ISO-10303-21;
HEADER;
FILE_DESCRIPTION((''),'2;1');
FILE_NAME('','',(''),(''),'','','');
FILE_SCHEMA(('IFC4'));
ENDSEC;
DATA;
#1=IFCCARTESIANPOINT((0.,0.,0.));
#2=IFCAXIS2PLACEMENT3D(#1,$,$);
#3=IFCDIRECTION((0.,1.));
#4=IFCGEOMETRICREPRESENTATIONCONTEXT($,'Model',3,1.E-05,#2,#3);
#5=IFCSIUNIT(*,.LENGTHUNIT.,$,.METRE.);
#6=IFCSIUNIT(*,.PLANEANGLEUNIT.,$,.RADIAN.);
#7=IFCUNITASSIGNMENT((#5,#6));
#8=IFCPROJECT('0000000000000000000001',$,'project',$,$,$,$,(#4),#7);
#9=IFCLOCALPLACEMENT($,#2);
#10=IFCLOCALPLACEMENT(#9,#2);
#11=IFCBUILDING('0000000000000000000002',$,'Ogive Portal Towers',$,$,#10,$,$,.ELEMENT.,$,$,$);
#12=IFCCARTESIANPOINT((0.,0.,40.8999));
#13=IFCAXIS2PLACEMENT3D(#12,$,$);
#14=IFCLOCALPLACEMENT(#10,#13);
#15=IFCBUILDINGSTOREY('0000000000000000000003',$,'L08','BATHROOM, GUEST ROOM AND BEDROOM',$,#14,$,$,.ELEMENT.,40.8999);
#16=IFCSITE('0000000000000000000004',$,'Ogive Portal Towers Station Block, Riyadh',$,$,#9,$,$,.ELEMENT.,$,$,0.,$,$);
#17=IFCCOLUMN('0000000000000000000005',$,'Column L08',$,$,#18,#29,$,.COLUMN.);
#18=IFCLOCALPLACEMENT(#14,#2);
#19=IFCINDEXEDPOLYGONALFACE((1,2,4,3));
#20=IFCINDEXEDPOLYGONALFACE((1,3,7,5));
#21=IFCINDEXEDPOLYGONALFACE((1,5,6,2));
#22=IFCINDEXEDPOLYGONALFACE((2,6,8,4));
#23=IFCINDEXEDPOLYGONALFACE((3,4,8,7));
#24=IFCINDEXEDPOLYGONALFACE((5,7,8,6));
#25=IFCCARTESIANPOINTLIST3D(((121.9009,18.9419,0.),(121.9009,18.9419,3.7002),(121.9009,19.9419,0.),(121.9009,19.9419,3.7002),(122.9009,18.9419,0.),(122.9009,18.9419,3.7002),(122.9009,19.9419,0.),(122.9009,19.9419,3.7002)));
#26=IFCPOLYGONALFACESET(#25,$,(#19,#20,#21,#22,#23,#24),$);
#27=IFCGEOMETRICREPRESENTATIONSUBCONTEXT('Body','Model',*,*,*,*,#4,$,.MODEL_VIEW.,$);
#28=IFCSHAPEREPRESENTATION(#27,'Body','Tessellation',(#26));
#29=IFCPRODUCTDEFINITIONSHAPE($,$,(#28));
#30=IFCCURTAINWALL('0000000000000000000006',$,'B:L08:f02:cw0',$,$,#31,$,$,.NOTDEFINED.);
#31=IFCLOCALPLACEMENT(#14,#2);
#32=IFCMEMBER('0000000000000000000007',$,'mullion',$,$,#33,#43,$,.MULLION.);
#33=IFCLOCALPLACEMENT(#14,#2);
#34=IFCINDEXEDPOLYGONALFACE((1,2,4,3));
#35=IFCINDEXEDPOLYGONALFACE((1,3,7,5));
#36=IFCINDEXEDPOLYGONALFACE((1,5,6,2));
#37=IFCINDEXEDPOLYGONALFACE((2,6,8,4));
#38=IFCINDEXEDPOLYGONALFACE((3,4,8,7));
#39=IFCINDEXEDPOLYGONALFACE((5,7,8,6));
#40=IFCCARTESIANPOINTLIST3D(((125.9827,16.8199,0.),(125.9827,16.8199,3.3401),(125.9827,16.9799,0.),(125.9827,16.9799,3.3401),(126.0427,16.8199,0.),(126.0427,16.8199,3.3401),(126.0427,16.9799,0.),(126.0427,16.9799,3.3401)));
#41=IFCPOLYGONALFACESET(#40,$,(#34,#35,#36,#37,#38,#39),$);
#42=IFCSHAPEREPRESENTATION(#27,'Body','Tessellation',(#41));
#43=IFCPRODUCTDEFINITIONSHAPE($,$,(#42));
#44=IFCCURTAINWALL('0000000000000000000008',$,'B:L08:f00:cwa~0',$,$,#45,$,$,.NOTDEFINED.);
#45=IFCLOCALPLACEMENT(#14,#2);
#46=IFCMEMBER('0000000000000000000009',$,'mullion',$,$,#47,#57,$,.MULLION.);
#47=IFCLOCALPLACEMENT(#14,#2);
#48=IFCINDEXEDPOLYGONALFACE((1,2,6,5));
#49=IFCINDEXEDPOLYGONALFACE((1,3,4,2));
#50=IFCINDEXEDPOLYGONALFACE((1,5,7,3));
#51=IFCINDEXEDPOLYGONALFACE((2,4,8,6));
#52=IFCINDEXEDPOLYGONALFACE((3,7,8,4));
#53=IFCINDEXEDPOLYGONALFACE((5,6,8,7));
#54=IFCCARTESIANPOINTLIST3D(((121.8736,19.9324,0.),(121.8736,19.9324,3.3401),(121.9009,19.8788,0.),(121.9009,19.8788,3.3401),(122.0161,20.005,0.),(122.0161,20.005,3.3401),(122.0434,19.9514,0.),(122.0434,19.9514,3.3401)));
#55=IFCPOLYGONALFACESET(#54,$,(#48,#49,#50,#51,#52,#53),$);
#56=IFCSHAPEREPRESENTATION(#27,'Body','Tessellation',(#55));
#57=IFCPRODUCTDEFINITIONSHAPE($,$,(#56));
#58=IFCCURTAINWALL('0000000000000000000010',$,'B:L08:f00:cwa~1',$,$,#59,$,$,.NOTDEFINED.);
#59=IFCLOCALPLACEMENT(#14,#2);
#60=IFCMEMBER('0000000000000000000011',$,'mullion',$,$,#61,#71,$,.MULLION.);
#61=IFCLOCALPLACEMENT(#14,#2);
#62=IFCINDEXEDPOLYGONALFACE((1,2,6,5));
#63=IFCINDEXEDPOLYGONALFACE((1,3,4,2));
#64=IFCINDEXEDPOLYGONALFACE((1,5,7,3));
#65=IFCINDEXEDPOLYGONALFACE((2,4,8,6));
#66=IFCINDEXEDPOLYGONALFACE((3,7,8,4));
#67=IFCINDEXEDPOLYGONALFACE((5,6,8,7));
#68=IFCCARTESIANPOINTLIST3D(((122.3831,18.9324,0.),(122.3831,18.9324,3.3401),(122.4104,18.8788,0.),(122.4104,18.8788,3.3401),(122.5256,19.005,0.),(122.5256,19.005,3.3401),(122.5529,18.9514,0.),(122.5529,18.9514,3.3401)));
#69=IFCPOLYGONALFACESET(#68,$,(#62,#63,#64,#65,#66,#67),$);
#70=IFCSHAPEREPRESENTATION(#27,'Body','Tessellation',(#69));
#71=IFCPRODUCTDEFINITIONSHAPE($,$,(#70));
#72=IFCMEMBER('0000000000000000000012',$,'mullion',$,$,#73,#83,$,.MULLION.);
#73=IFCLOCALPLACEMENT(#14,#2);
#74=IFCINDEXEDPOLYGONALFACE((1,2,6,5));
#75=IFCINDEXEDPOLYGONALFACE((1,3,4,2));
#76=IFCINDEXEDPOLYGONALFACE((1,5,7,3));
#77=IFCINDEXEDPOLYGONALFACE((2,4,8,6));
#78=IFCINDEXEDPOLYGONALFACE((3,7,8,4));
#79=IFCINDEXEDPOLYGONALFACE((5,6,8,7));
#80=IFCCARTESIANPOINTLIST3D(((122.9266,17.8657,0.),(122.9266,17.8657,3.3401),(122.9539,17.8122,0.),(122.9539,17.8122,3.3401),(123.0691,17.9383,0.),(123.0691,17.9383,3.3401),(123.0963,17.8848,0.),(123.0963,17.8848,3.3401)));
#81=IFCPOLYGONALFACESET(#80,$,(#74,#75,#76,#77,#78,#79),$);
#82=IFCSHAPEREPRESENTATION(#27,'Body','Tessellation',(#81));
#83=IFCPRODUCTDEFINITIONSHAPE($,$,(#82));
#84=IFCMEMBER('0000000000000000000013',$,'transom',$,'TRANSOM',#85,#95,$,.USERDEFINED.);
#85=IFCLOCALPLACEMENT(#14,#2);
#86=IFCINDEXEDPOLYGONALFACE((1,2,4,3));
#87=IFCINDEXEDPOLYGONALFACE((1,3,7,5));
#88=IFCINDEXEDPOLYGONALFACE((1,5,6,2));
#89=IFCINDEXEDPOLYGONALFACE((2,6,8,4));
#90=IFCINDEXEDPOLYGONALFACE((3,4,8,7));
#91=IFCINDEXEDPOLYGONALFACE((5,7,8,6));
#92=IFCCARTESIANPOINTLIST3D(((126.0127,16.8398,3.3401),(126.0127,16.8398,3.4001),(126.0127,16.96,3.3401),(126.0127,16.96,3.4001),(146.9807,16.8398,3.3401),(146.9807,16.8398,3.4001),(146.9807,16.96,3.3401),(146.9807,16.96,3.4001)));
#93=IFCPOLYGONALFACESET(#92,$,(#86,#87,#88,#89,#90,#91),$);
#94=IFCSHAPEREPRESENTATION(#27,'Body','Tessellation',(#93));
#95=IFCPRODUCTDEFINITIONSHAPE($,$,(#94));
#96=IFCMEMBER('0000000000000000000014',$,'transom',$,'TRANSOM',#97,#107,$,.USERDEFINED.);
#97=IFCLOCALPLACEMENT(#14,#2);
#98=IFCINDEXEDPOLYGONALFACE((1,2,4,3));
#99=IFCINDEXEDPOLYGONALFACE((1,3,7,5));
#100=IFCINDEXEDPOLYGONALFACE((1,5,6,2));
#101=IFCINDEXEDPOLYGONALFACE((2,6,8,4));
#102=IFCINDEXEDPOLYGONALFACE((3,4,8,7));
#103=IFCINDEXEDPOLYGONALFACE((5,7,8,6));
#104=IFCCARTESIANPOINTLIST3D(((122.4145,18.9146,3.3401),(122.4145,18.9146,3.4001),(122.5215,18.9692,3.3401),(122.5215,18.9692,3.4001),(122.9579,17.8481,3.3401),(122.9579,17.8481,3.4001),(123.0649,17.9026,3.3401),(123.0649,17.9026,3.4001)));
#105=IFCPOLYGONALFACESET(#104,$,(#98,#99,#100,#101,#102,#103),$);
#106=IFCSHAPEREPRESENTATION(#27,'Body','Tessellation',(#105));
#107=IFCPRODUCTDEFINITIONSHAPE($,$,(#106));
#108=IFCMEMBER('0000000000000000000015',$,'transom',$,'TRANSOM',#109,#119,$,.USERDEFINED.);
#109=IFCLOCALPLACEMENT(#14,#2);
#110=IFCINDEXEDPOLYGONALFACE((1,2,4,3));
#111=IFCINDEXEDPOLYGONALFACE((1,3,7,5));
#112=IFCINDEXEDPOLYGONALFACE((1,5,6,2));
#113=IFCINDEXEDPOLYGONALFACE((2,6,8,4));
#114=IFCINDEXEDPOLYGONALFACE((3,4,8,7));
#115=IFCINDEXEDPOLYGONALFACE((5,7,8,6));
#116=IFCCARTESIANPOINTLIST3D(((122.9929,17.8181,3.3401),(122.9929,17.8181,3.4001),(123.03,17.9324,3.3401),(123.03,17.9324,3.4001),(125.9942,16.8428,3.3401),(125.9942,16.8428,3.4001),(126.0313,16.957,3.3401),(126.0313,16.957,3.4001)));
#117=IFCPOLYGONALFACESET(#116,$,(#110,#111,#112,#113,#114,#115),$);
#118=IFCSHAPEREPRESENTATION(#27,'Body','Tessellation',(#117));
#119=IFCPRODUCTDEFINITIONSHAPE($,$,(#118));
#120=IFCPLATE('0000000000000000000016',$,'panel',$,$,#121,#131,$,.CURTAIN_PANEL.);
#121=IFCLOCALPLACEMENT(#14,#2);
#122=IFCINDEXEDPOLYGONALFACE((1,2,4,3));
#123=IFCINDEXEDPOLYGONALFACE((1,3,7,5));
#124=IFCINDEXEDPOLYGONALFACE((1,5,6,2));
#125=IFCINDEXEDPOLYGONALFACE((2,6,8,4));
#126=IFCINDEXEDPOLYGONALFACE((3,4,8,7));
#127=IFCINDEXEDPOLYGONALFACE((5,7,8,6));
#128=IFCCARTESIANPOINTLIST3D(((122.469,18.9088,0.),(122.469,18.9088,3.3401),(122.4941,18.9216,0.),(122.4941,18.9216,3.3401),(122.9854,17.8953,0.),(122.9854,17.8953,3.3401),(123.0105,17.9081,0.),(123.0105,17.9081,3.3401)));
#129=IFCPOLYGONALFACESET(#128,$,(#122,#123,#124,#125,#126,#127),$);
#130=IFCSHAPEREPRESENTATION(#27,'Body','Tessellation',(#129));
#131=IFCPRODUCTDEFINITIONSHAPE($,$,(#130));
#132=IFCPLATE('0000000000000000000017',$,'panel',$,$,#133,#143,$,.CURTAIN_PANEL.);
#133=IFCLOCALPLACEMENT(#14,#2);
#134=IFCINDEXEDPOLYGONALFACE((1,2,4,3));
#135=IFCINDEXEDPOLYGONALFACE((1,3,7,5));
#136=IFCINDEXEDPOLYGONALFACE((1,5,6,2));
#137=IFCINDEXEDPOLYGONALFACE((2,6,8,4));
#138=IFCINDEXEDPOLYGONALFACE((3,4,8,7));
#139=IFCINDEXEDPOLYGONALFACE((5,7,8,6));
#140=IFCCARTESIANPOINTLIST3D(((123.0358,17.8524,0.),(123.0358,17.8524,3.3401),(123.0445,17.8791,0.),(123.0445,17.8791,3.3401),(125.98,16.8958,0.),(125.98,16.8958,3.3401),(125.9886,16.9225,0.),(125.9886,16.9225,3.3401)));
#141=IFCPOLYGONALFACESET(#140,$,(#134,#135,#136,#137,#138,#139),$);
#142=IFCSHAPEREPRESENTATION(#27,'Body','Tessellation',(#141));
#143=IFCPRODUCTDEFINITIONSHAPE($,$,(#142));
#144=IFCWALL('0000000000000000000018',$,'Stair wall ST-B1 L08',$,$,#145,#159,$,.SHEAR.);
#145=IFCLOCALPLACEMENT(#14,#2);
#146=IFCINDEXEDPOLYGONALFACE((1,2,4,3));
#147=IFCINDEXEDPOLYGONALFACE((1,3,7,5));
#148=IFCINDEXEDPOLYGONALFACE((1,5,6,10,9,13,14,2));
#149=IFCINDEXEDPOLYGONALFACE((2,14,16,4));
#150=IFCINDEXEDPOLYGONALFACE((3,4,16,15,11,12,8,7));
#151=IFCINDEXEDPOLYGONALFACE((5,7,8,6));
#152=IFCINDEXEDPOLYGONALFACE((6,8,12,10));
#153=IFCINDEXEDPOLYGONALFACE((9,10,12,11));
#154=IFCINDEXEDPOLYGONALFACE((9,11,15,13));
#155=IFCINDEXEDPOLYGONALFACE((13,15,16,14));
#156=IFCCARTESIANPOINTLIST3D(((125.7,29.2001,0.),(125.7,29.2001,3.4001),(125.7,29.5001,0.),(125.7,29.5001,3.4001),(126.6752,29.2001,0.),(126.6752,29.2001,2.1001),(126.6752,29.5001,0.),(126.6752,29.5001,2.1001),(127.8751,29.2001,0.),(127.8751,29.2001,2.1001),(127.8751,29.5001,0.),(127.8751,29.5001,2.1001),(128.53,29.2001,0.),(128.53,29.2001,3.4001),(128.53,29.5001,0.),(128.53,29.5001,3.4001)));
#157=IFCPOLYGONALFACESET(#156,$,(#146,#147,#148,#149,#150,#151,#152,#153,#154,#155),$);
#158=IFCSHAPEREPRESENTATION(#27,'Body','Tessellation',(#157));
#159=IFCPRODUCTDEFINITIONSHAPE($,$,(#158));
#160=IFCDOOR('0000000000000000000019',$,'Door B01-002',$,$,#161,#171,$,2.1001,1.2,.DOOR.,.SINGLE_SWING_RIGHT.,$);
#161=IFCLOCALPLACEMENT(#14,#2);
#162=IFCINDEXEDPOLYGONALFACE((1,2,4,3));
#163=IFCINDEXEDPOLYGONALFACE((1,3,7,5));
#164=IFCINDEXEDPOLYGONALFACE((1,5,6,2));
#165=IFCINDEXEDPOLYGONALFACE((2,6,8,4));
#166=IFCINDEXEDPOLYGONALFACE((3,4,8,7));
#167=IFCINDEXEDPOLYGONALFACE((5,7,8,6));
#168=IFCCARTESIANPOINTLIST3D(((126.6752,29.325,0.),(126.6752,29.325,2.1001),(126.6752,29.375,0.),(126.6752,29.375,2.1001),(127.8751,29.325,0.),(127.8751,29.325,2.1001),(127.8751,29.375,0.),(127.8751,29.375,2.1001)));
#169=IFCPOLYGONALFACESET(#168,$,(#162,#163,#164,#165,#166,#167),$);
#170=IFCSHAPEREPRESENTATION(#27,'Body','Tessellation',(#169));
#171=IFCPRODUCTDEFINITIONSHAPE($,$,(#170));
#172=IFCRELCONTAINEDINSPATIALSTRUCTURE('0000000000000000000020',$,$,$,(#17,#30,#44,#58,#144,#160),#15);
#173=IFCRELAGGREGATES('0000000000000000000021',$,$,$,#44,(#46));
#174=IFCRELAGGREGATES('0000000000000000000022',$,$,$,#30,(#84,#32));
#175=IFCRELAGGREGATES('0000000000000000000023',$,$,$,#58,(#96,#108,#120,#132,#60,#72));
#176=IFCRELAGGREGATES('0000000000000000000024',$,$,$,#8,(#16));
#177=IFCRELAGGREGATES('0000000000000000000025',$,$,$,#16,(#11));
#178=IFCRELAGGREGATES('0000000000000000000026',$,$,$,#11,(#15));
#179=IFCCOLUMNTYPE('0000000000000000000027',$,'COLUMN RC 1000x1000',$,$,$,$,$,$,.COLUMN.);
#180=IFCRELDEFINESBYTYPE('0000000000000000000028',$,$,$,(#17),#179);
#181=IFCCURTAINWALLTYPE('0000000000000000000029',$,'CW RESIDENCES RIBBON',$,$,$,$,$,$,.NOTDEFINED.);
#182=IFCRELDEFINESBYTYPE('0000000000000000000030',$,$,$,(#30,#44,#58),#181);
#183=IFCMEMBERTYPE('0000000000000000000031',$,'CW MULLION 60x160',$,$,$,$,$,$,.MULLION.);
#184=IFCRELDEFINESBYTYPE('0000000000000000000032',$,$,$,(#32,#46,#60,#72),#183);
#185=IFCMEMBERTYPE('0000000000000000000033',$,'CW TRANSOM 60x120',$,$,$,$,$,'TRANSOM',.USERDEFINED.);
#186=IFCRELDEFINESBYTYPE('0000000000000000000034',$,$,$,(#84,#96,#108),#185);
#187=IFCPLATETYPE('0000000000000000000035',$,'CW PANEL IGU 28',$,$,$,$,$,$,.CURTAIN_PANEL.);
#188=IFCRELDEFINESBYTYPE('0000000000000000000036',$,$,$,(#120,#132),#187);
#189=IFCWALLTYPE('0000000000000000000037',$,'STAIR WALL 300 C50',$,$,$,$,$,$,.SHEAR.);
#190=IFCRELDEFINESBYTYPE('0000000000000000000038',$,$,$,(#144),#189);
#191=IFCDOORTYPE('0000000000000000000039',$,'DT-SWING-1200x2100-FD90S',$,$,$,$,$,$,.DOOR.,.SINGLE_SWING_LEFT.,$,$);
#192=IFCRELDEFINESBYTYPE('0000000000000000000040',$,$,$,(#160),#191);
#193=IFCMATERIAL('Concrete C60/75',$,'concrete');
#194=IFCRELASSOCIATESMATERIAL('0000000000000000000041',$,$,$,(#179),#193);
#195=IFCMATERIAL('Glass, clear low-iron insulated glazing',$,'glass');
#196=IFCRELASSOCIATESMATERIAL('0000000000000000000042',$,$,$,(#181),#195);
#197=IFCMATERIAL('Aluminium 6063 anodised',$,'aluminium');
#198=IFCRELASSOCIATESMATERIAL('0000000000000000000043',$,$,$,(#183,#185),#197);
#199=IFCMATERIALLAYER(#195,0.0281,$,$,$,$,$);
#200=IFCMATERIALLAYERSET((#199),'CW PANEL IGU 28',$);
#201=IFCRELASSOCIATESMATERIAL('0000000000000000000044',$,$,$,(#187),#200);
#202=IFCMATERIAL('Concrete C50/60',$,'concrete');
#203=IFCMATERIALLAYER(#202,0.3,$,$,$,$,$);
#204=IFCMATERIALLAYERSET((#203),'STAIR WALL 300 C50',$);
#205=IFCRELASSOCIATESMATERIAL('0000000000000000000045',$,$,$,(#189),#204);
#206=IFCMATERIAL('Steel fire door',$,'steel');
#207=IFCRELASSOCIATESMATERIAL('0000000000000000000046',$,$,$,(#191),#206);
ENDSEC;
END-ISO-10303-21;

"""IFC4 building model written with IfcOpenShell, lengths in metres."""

from ifc_helpers import new_model, si_unit, direction, frame, frame_2d, origin, origin_2d, place, context, subcontext, project, spatial, rectangle, extrude, material, layer, layer_set, material_profile, profile_set, type_object, element, fill, aggregate, save


model = new_model("IFC4")

# Units and contexts
model_context = context("Model", 3, precision=1e-05, world=origin(), true_north=direction((0.0, 1.0)))
body_context = subcontext(model_context, "Body", "Model", "MODEL_VIEW")
ifc_project = project(units=[si_unit("LENGTHUNIT", "METRE"), si_unit("PLANEANGLEUNIT", "RADIAN")], contexts=[model_context])

# Site, building, storey
site_placement = place(None, origin())
site = spatial("IfcSite", under=ifc_project, at=site_placement, Name="Ogive Portal Towers Station Block, Riyadh", CompositionType="ELEMENT", RefElevation=0.0)
building_placement = place(site_placement, origin())
building = spatial("IfcBuilding", under=site, at=building_placement, Name="Ogive Portal Towers", CompositionType="ELEMENT")
storey_placement = place(building_placement, frame((0.0, 0.0, 40.8999)))
storey = spatial("IfcBuildingStorey", under=building, at=storey_placement, Name="L08", Description="BATHROOM, GUEST ROOM AND BEDROOM", CompositionType="ELEMENT", Elevation=40.8999)

# Column
ifc_material_1 = material(Name="Concrete C60/75", Category="concrete")
ifc_material_profile_1 = material_profile(ifc_material_1, rectangle(XDim=1.0, YDim=1.0, at=origin_2d()), Name="RC 1000x1000")
ifc_profile_set_1 = profile_set([ifc_material_profile_1], Name="Concrete C60/75")
column_type = type_object("IfcColumnType", Name="COLUMN RC 1000x1000", PredefinedType="COLUMN", material=ifc_profile_set_1)
column_placement = place(storey_placement, frame((122.4009, 19.4419, 0.0), z_axis=(0.0, 0.0, 1.0), x_axis=(1.0, 0.0, 0.0)))
element("IfcColumn", 1, at=column_placement, inside=storey, type_object=column_type, Name="Column L08", PredefinedType="COLUMN", context=body_context, shape_type="SweptSolid", body=[
    extrude(rectangle(XDim=1.0, YDim=1.0, at=origin_2d()), origin(), (0.0, 0.0, 1.0), 3.7002),
])

# Curtain walls, members
ifc_material_2 = material(Name="Glass, clear low-iron insulated glazing", Category="glass")
curtain_wall_type = type_object("IfcCurtainWallType", Name="CW RESIDENCES RIBBON", PredefinedType="NOTDEFINED", material=ifc_material_2)
curtain_wall_1_placement = place(storey_placement, origin())
curtain_wall_1 = element("IfcCurtainWall", 2, at=curtain_wall_1_placement, inside=storey, type_object=curtain_wall_type, Name="B:L08:f02:cw0", PredefinedType="NOTDEFINED")
ifc_material_3 = material(Name="Aluminium 6063 anodised", Category="aluminium")
ifc_material_profile_2 = material_profile(ifc_material_3, rectangle(XDim=0.1599, YDim=0.0601, at=origin_2d()), Name="AL 60x160")
ifc_profile_set_2 = profile_set([ifc_material_profile_2], Name="Aluminium 6063 anodised")
member_type_1 = type_object("IfcMemberType", Name="CW MULLION 60x160", PredefinedType="MULLION", material=ifc_profile_set_2)
member_1_placement = place(storey_placement, frame((126.0127, 16.8999, 0.0), z_axis=(0.0, 0.0, 1.0), x_axis=(0.0, 1.0, 0.0)))
member_1 = element("IfcMember", 3, at=member_1_placement, type_object=member_type_1, Name="mullion", PredefinedType="MULLION", context=body_context, shape_type="SweptSolid", body=[
    extrude(rectangle(XDim=0.1599, YDim=0.0601, at=origin_2d()), origin(), (0.0, 0.0, 1.0), 3.3401),
])
curtain_wall_2_placement = place(storey_placement, origin())
curtain_wall_2 = element("IfcCurtainWall", 4, at=curtain_wall_2_placement, inside=storey, type_object=curtain_wall_type, Name="B:L08:f00:cwa~0", PredefinedType="NOTDEFINED")
member_2_placement = place(storey_placement, frame((121.9585, 19.9419, 0.0), z_axis=(0.0, 0.0, 1.0), x_axis=(0.891007, 0.45399, 0.0)))
member_2 = element("IfcMember", 5, at=member_2_placement, type_object=member_type_1, Name="mullion", PredefinedType="MULLION", context=body_context, shape_type="SweptSolid", body=[
    extrude(rectangle(XDim=0.1599, YDim=0.0601, at=origin_2d()), origin(), (0.0, 0.0, 1.0), 3.3401),
])
aggregate(curtain_wall_2, [member_2])

# Curtain wall, members
curtain_wall_3_placement = place(storey_placement, origin())
curtain_wall_3 = element("IfcCurtainWall", 6, at=curtain_wall_3_placement, inside=storey, type_object=curtain_wall_type, Name="B:L08:f00:cwa~1", PredefinedType="NOTDEFINED")
member_3_placement = place(storey_placement, frame((122.468, 18.9419, 0.0), z_axis=(0.0, 0.0, 1.0), x_axis=(0.891007, 0.45399, 0.0)))
member_3 = element("IfcMember", 7, at=member_3_placement, type_object=member_type_1, Name="mullion", PredefinedType="MULLION", context=body_context, shape_type="SweptSolid", body=[
    extrude(rectangle(XDim=0.1599, YDim=0.0601, at=origin_2d()), origin(), (0.0, 0.0, 1.0), 3.3401),
])
member_4_placement = place(storey_placement, frame((123.0115, 17.8752, 0.0), z_axis=(0.0, 0.0, 1.0), x_axis=(0.891007, 0.45399, 0.0)))
member_4 = element("IfcMember", 8, at=member_4_placement, type_object=member_type_1, Name="mullion", PredefinedType="MULLION", context=body_context, shape_type="SweptSolid", body=[
    extrude(rectangle(XDim=0.1599, YDim=0.0601, at=origin_2d()), origin(), (0.0, 0.0, 1.0), 3.3401),
])

# Members
ifc_material_profile_3 = material_profile(ifc_material_3, rectangle(XDim=0.1201, YDim=0.0601, at=origin_2d()), Name="AL 120x60")
ifc_profile_set_3 = profile_set([ifc_material_profile_3], Name="Aluminium 6063 anodised")
member_type_2 = type_object("IfcMemberType", Name="CW TRANSOM 60x120", ElementType="TRANSOM", PredefinedType="USERDEFINED", material=ifc_profile_set_3)
member_5_placement = place(storey_placement, frame((126.0127, 16.8999, 3.3701), z_axis=(1.0, 0.0, 0.0), x_axis=(0.0, 1.0, 0.0)))
member_5 = element("IfcMember", 9, at=member_5_placement, type_object=member_type_2, Name="transom", ObjectType="TRANSOM", PredefinedType="USERDEFINED", context=body_context, shape_type="SweptSolid", body=[
    extrude(rectangle(XDim=0.1201, YDim=0.0601, at=origin_2d()), origin(), (0.0, 0.0, 1.0), 20.968),
])
aggregate(curtain_wall_1, [member_5, member_1])
member_6_placement = place(storey_placement, frame((122.468, 18.9419, 3.3701), z_axis=(0.453972, -0.891016, 0.0), x_axis=(0.891016, 0.453972, 0.0)))
member_6 = element("IfcMember", 10, at=member_6_placement, type_object=member_type_2, Name="transom", ObjectType="TRANSOM", PredefinedType="USERDEFINED", context=body_context, shape_type="SweptSolid", body=[
    extrude(rectangle(XDim=0.1201, YDim=0.0601, at=origin_2d()), origin(), (0.0, 0.0, 1.0), 1.197),
])
member_7_placement = place(storey_placement, frame((123.0115, 17.8752, 3.3701), z_axis=(0.951039, -0.30907, 0.0), x_axis=(0.30907, 0.951039, 0.0)))
member_7 = element("IfcMember", 11, at=member_7_placement, type_object=member_type_2, Name="transom", ObjectType="TRANSOM", PredefinedType="USERDEFINED", context=body_context, shape_type="SweptSolid", body=[
    extrude(rectangle(XDim=0.1201, YDim=0.0601, at=origin_2d()), origin(), (0.0, 0.0, 1.0), 3.1558),
])

# Plates
ifc_layer_1 = layer(ifc_material_2, 0.0281)
ifc_layer_set_1 = layer_set([ifc_layer_1], Name="CW PANEL IGU 28")
plate_type = type_object("IfcPlateType", Name="CW PANEL IGU 28", PredefinedType="CURTAIN_PANEL", material=ifc_layer_set_1)
plate_1_placement = place(storey_placement, frame((122.7397, 18.4084, 0.0), z_axis=(0.0, 0.0, 1.0), x_axis=(0.45399, -0.891007, 0.0)))
plate_1 = element("IfcPlate", 12, at=plate_1_placement, type_object=plate_type, Name="panel", PredefinedType="CURTAIN_PANEL", context=body_context, shape_type="SweptSolid", body=[
    extrude(rectangle(XDim=1.1375, YDim=0.0281, at=origin_2d()), origin(), (0.0, 0.0, 1.0), 3.3401),
])
plate_2_placement = place(storey_placement, frame((124.5122, 17.3875, 0.0), z_axis=(0.0, 0.0, 1.0), x_axis=(0.951057, -0.309017, 0.0)))
plate_2 = element("IfcPlate", 13, at=plate_2_placement, type_object=plate_type, Name="panel", PredefinedType="CURTAIN_PANEL", context=body_context, shape_type="SweptSolid", body=[
    extrude(rectangle(XDim=3.0957, YDim=0.0281, at=origin_2d()), origin(), (0.0, 0.0, 1.0), 3.3401),
])
aggregate(curtain_wall_3, [member_6, member_7, plate_1, plate_2, member_3, member_4])

# Wall, opening, door
ifc_material_4 = material(Name="Concrete C50/60", Category="concrete")
ifc_layer_2 = layer(ifc_material_4, 0.3)
ifc_layer_set_2 = layer_set([ifc_layer_2], Name="STAIR WALL 300 C50")
wall_type_1 = type_object("IfcWallType", Name="STAIR WALL 300 C50", PredefinedType="SHEAR", material=ifc_layer_set_2)
wall_1_placement = place(storey_placement, frame((125.7, 29.3501, 0.0), z_axis=(0.0, 0.0, 1.0), x_axis=(1.0, 0.0, 0.0)))
wall_1 = element("IfcWall", 14, at=wall_1_placement, inside=storey, type_object=wall_type_1, Name="Stair wall ST-B1 L08", PredefinedType="SHEAR", context=body_context, shape_type="SweptSolid", body=[
    extrude(rectangle(XDim=2.8301, YDim=0.3, at=frame_2d((1.415, 0.0))), origin(), (0.0, 0.0, 1.0), 3.4001),
])
opening_1_placement = place(wall_1_placement, frame((0.9751, 0.0, 0.0)))
opening_1 = element("IfcOpeningElement", 15, at=opening_1_placement, cuts=wall_1, PredefinedType="OPENING", context=body_context, shape_type="SweptSolid", body=[
    extrude(rectangle(XDim=1.2, YDim=2.1001, at=frame_2d((0.6001, 1.05))), frame((0.0, 0.1602, 0.0), z_axis=(0.0, -1.0, 0.0), x_axis=(1.0, 0.0, 0.0)), (0.0, 0.0, 1.0), 0.3201),
])
ifc_material_5 = material(Name="Steel fire door", Category="steel")
door_type_1 = type_object("IfcDoorType", Name="DT-SWING-1200x2100-FD90S", OperationType="SINGLE_SWING_LEFT", PredefinedType="DOOR", material=ifc_material_5)
door_1_placement = place(opening_1_placement, origin())
door_1 = element("IfcDoor", 16, at=door_1_placement, inside=storey, type_object=door_type_1, Name="Door B01-002", OperationType="SINGLE_SWING_RIGHT", OverallHeight=2.1001, OverallWidth=1.2, PredefinedType="DOOR", context=body_context, shape_type="SweptSolid", body=[
    extrude(rectangle(XDim=1.2, YDim=2.1001, at=frame_2d((0.6001, 1.05))), frame((0.0, 0.0249, 0.0), z_axis=(0.0, -1.0, 0.0), x_axis=(1.0, 0.0, 0.0)), (0.0, 0.0, 1.0), 0.05),
])
fill(opening_1, door_1)

save(model, "model.ifc")
